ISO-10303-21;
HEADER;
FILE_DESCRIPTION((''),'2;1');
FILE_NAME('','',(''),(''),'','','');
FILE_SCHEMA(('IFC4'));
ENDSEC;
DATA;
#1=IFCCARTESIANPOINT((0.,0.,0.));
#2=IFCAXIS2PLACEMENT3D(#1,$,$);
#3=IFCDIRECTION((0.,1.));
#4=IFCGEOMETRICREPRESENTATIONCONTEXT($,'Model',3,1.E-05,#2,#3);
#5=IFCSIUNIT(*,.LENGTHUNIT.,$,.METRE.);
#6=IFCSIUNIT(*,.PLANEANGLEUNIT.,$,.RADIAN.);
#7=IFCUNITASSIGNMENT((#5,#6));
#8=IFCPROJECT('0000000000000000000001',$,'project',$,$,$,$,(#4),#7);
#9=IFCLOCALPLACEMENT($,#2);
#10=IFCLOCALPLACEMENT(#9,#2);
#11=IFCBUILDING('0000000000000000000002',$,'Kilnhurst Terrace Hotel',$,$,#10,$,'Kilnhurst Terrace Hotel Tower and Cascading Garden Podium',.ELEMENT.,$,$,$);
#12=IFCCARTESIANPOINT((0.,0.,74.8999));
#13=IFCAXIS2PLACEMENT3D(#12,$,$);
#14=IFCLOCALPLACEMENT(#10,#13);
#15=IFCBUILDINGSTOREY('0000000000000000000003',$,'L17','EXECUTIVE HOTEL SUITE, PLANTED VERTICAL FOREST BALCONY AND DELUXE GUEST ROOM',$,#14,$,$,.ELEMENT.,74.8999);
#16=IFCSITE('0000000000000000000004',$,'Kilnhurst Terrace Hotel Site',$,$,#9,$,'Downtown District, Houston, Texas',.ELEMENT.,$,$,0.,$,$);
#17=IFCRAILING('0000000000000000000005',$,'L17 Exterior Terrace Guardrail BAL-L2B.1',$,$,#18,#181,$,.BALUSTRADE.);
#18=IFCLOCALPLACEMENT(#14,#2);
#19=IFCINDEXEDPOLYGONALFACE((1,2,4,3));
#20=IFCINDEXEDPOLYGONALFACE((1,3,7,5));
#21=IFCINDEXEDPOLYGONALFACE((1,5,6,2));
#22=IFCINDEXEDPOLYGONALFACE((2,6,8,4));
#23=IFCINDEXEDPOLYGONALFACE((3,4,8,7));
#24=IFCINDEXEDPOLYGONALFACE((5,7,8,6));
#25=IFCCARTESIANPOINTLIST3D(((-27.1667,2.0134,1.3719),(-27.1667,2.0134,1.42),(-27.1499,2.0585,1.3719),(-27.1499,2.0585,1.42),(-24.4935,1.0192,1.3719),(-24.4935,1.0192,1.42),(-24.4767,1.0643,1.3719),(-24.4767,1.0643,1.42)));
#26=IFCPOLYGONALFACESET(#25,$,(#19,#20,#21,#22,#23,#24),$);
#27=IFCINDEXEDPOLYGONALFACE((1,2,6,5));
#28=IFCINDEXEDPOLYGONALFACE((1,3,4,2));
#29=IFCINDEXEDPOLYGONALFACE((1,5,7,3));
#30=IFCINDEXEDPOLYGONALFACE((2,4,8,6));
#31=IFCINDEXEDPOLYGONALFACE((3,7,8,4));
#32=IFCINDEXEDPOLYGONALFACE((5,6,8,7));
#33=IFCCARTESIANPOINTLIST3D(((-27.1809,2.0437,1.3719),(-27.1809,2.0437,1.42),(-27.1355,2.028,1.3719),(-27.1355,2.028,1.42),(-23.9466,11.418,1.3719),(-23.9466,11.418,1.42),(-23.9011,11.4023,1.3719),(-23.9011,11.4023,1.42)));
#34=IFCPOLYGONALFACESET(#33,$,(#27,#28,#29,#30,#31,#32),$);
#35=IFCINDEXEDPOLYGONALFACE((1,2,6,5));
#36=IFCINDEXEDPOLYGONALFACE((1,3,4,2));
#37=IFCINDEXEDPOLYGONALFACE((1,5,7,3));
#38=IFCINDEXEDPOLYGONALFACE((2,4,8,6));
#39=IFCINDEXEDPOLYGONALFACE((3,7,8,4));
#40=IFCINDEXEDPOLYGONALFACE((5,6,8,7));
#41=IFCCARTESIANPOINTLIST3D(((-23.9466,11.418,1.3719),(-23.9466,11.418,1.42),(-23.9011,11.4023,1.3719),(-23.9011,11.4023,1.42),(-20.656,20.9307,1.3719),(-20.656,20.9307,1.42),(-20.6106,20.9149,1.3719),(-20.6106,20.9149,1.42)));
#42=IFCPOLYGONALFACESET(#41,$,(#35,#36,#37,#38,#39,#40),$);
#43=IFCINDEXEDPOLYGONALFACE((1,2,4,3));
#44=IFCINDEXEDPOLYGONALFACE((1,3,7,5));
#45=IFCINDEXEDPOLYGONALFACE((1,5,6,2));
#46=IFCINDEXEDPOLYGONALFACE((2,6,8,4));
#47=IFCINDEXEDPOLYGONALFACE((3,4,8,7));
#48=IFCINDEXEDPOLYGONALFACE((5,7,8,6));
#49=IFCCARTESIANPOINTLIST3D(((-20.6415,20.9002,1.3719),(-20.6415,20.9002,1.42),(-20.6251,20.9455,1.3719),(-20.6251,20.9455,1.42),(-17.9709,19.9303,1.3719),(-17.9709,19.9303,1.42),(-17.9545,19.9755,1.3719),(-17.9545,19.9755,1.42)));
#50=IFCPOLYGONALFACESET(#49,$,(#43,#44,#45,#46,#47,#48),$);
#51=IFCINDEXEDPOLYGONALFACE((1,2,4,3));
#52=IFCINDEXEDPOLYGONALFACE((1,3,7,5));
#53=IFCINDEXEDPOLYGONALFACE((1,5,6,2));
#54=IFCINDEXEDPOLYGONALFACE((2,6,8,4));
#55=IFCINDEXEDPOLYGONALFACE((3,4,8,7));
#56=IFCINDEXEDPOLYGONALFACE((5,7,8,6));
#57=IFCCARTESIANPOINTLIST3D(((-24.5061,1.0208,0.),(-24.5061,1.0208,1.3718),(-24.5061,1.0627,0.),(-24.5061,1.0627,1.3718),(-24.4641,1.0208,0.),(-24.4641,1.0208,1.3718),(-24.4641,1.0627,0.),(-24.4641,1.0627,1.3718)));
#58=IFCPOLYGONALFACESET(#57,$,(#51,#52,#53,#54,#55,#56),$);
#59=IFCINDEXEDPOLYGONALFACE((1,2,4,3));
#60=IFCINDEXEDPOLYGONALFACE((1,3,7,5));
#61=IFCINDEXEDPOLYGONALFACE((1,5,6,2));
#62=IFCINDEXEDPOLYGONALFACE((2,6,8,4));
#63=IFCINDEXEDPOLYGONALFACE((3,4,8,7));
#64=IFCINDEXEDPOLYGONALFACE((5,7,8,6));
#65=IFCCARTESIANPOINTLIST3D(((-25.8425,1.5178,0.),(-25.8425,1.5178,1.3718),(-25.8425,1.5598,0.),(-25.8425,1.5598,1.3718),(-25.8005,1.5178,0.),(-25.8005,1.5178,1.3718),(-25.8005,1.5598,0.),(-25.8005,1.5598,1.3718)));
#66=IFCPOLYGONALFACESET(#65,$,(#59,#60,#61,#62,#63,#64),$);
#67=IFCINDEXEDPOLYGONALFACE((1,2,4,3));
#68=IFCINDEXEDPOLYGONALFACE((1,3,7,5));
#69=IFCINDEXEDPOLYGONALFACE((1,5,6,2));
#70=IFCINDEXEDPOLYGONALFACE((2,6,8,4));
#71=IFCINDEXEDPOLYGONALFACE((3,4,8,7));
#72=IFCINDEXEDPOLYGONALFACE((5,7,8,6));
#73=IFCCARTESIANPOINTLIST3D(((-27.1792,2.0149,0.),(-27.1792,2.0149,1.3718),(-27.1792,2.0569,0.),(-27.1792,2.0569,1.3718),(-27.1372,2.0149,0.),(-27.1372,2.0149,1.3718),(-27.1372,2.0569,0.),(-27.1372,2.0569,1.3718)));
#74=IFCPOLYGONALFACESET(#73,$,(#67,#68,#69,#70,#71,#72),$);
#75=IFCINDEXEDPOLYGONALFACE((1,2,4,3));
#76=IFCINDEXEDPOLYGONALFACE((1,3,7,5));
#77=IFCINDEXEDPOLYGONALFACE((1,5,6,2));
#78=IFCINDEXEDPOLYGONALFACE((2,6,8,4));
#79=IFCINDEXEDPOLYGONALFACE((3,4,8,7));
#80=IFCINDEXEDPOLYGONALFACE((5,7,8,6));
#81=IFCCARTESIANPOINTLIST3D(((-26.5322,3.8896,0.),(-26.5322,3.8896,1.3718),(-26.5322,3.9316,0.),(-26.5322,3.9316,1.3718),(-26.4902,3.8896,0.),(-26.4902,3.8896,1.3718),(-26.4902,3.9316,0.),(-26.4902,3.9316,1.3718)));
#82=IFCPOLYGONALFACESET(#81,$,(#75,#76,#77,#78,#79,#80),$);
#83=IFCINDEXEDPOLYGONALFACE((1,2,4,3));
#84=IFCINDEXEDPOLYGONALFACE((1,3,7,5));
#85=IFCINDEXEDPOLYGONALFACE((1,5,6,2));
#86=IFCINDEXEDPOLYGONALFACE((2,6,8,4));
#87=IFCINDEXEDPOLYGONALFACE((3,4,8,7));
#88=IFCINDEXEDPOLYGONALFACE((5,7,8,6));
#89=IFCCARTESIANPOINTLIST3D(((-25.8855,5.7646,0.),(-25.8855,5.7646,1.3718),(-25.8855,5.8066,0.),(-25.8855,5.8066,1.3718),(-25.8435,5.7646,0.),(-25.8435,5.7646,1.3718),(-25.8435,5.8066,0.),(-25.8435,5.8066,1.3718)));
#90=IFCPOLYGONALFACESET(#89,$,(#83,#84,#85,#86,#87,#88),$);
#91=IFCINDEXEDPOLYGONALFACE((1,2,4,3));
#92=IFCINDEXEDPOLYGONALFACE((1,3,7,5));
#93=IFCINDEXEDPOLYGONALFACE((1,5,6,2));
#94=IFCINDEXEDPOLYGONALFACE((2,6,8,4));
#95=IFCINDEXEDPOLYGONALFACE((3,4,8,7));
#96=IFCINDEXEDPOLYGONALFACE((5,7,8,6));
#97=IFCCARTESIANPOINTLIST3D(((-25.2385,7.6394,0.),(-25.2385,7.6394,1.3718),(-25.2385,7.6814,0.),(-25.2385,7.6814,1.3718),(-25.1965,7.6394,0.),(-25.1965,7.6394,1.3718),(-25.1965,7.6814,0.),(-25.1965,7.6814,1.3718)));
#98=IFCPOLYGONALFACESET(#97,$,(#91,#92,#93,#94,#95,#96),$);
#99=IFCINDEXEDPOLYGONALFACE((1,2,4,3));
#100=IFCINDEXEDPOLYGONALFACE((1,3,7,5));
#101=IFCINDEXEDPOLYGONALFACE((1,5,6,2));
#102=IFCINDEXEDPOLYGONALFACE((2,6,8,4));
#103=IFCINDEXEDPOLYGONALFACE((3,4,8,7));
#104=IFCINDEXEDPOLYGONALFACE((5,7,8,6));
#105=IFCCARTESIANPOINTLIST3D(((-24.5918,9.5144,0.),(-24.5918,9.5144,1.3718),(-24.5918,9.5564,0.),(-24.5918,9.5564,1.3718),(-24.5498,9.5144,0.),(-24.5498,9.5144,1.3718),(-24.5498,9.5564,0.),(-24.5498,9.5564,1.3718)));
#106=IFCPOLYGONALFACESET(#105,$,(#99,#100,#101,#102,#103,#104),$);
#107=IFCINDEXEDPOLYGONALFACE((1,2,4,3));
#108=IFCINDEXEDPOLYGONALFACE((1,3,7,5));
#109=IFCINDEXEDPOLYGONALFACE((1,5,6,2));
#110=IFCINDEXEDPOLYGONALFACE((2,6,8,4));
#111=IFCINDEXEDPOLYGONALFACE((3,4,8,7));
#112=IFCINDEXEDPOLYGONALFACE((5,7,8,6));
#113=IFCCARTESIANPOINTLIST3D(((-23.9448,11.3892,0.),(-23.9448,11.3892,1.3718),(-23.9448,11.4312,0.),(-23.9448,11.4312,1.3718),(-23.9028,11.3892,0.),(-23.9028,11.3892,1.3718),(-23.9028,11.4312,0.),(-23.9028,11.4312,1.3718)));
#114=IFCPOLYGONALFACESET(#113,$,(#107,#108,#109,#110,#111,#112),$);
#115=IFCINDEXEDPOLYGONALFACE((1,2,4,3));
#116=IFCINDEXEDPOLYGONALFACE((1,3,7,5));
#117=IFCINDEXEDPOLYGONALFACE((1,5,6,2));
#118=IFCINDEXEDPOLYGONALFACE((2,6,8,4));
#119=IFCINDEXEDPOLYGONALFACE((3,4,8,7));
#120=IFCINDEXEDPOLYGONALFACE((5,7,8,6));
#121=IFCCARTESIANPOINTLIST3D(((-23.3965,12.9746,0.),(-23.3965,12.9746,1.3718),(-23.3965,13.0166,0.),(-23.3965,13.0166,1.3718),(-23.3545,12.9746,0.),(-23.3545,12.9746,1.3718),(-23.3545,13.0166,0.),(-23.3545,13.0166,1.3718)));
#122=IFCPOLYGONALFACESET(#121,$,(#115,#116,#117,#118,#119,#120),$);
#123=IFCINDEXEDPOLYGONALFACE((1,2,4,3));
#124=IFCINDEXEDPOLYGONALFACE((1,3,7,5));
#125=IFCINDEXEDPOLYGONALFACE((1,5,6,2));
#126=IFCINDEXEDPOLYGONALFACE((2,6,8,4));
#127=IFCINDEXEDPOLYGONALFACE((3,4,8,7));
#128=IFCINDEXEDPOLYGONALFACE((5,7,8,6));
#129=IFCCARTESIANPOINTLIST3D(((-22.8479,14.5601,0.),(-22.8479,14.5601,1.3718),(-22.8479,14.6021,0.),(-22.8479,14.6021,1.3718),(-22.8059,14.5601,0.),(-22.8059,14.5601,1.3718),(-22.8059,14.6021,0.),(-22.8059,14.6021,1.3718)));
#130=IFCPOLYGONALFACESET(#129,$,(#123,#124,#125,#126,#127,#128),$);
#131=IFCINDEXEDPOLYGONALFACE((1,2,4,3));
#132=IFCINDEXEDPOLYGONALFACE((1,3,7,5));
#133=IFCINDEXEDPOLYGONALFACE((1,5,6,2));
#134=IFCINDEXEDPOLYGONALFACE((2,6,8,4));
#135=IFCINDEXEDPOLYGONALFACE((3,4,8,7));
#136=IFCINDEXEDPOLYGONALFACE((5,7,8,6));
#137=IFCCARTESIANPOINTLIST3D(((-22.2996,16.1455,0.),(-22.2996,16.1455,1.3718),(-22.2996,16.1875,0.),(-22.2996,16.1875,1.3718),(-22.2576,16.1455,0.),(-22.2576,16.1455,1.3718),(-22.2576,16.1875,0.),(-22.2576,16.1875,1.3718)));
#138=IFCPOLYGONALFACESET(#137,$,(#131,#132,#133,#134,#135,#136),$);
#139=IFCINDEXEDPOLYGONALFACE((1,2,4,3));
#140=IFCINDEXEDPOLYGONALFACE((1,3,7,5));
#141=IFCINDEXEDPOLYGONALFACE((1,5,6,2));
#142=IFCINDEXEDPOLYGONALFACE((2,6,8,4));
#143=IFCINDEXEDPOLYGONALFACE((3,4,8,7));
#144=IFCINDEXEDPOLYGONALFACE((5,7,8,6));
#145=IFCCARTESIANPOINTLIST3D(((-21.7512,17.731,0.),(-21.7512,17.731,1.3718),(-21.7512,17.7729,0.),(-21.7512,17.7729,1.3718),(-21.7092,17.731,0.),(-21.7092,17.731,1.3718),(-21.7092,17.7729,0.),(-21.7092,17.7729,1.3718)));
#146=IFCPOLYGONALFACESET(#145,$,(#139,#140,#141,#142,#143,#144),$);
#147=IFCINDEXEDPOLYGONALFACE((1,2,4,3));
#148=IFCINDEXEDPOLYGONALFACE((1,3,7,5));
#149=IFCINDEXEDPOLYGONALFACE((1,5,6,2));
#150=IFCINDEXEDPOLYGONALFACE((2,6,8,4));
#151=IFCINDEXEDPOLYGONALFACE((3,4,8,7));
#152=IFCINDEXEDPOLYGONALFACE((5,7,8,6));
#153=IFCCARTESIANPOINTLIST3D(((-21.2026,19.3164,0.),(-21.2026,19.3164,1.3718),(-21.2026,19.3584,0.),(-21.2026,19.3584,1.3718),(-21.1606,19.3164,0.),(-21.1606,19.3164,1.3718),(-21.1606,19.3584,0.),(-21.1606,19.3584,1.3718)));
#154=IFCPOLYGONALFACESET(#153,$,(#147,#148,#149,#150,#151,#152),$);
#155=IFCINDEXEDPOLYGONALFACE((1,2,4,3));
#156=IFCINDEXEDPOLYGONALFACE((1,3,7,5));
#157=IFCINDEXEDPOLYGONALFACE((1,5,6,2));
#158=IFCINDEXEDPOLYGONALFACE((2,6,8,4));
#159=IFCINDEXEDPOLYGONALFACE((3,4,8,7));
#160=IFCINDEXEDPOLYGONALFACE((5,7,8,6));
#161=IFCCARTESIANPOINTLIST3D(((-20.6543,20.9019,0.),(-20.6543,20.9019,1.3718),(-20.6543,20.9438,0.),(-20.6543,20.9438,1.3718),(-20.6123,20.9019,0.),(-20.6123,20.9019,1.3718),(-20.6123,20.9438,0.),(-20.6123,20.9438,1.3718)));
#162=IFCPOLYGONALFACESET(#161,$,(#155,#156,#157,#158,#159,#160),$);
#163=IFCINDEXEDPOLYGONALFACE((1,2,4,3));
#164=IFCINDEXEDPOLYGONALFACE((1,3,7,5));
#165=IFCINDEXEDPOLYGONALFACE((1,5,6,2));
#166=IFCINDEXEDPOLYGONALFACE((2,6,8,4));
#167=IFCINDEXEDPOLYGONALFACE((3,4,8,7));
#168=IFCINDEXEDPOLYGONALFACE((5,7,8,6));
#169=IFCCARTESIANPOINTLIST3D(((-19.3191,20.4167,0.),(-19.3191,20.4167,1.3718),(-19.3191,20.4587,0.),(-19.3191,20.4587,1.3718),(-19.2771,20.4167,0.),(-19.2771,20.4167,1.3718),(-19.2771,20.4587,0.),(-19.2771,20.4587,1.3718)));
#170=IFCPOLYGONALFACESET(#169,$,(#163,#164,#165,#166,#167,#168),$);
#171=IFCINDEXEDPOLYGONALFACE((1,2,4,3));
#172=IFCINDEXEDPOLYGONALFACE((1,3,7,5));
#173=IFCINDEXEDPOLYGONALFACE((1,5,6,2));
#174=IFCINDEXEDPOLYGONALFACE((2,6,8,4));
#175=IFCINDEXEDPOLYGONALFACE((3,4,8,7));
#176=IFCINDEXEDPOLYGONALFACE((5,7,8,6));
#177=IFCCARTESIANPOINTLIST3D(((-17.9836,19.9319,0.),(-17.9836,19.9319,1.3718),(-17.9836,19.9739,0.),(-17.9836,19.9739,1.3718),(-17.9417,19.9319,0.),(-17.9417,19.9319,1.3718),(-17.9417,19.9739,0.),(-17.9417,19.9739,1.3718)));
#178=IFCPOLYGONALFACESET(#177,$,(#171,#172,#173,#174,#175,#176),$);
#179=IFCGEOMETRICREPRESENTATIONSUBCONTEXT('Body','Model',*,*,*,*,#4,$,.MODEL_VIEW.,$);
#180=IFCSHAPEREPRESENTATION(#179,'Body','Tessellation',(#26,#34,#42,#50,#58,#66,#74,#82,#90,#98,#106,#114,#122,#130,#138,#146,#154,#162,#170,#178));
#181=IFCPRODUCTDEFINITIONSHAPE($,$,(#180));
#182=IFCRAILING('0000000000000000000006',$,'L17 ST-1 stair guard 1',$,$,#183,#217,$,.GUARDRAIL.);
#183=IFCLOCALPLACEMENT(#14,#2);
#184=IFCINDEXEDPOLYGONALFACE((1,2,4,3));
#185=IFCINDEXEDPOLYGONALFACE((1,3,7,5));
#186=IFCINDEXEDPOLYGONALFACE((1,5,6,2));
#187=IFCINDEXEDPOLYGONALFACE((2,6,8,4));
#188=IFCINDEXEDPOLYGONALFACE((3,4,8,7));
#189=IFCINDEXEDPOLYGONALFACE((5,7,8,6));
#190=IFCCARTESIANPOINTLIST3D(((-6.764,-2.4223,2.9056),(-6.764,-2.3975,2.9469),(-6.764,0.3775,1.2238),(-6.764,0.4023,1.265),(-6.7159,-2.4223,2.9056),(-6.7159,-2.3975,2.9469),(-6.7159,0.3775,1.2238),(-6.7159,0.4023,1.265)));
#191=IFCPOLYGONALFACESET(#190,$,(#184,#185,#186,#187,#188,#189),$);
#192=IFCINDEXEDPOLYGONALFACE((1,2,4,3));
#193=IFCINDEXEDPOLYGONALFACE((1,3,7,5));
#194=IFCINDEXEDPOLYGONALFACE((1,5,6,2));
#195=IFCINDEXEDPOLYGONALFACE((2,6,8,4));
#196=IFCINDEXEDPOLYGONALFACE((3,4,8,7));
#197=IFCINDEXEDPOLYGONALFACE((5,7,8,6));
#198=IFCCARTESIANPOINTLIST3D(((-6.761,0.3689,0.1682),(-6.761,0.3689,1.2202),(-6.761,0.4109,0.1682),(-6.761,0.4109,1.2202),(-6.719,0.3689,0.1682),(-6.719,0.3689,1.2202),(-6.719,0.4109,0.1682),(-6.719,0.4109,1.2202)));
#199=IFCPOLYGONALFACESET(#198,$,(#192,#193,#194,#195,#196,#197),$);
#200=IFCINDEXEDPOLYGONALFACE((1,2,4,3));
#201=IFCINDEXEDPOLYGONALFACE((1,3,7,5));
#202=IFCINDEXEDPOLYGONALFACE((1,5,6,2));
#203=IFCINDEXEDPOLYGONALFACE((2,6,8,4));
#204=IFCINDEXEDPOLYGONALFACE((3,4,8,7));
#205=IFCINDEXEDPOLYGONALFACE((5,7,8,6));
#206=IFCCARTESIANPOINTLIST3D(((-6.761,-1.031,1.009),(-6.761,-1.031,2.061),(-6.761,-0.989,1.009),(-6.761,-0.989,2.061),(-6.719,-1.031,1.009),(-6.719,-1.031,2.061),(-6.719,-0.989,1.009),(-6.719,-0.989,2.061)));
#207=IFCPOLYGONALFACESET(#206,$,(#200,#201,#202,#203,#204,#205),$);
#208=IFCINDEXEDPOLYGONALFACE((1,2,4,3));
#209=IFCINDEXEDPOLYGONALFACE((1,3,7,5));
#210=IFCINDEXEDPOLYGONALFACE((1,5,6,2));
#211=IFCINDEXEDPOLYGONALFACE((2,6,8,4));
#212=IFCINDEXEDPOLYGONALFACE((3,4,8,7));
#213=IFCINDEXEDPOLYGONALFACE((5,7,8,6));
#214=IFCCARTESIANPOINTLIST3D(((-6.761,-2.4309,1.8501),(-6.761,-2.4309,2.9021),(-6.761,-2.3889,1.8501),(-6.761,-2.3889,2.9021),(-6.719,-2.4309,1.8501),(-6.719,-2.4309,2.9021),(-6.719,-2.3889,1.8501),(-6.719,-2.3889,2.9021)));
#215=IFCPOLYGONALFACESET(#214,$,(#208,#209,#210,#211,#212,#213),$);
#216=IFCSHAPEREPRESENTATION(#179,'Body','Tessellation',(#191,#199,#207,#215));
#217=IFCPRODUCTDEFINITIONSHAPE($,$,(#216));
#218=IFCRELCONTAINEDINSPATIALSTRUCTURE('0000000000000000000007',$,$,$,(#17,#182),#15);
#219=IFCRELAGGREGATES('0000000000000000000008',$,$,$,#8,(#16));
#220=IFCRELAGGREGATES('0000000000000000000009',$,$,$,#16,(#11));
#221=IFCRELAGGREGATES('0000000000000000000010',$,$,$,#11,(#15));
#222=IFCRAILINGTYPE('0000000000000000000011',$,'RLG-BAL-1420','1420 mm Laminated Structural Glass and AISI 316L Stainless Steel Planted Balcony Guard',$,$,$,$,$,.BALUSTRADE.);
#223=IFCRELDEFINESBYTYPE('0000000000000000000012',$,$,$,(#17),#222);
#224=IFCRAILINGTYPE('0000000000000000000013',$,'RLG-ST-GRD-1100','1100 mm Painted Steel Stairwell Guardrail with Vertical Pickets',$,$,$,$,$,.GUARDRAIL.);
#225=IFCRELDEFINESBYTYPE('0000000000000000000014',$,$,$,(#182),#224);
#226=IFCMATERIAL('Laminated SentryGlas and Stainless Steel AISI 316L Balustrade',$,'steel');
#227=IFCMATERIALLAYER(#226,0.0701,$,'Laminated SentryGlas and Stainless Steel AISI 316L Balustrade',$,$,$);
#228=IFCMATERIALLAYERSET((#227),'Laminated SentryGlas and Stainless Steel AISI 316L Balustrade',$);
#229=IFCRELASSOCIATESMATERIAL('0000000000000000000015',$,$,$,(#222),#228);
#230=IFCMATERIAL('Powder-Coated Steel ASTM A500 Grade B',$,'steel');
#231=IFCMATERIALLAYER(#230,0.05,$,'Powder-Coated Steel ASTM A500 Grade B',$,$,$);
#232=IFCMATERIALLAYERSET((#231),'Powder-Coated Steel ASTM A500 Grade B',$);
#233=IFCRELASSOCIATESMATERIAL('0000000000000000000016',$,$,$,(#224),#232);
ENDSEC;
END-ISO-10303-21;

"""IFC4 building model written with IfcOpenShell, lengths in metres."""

from ifc_helpers import new_model, si_unit, direction, frame, origin, origin_2d, place, context, subcontext, project, spatial, rectangle, extrude, material, layer, layer_set, type_object, element, save


model = new_model("IFC4")

# Units and contexts
model_context = context("Model", 3, precision=1e-05, world=origin(), true_north=direction((0.0, 1.0)))
body_context = subcontext(model_context, "Body", "Model", "MODEL_VIEW")
ifc_project = project(units=[si_unit("LENGTHUNIT", "METRE"), si_unit("PLANEANGLEUNIT", "RADIAN")], contexts=[model_context])

# Site, building, storey
site_placement = place(None, origin())
site = spatial("IfcSite", under=ifc_project, at=site_placement, Name="Kilnhurst Terrace Hotel Site", LongName="Downtown District, Houston, Texas", CompositionType="ELEMENT", RefElevation=0.0)
building_placement = place(site_placement, origin())
building = spatial("IfcBuilding", under=site, at=building_placement, Name="Kilnhurst Terrace Hotel", LongName="Kilnhurst Terrace Hotel Tower and Cascading Garden Podium", CompositionType="ELEMENT")
storey_placement = place(building_placement, frame((0.0, 0.0, 74.8999)))
storey = spatial("IfcBuildingStorey", under=building, at=storey_placement, Name="L17", Description="EXECUTIVE HOTEL SUITE, PLANTED VERTICAL FOREST BALCONY AND DELUXE GUEST ROOM", CompositionType="ELEMENT", Elevation=74.8999)

# Railings
ifc_material_1 = material(Name="Laminated SentryGlas and Stainless Steel AISI 316L Balustrade", Category="steel")
ifc_layer_1 = layer(ifc_material_1, 0.0701, Name="Laminated SentryGlas and Stainless Steel AISI 316L Balustrade")
ifc_layer_set_1 = layer_set([ifc_layer_1], Name="Laminated SentryGlas and Stainless Steel AISI 316L Balustrade")
railing_type_1 = type_object("IfcRailingType", Name="RLG-BAL-1420", Description="1420 mm Laminated Structural Glass and AISI 316L Stainless Steel Planted Balcony Guard", PredefinedType="BALUSTRADE", material=ifc_layer_set_1)
railing_1_placement = place(storey_placement, frame((-24.4851, 1.0417, 0.0)))
element("IfcRailing", 1, at=railing_1_placement, inside=storey, type_object=railing_type_1, Name="L17 Exterior Terrace Guardrail BAL-L2B.1", PredefinedType="BALUSTRADE", context=body_context, shape_type="SweptSolid", body=[
    extrude(rectangle(XDim=0.0481, YDim=0.0481, at=origin_2d()), frame((0.0, 0.0, 1.396), z_axis=(-0.937279, 0.34858, 0.0), x_axis=(-0.34858, -0.937279, 0.0)), (0.0, 0.0, 1.0), 2.8521),
    extrude(rectangle(XDim=0.0481, YDim=0.0481, at=origin_2d()), frame((-2.6731, 0.9941, 1.396), z_axis=(0.326159, 0.945315, 0.0), x_axis=(-0.945315, 0.326159, 0.0)), (0.0, 0.0, 1.0), 9.9165),
    extrude(rectangle(XDim=0.0481, YDim=0.0481, at=origin_2d()), frame((0.5613, 10.3684, 1.396), z_axis=(0.326904, 0.945058, 0.0), x_axis=(-0.945058, 0.326904, 0.0)), (0.0, 0.0, 1.0), 10.0657),
    extrude(rectangle(XDim=0.0481, YDim=0.0481, at=origin_2d()), frame((3.8518, 19.8811, 1.396), z_axis=(0.939926, -0.341377, 0.0), x_axis=(0.341377, 0.939926, 0.0)), (0.0, 0.0, 1.0), 2.8413),
    extrude(rectangle(XDim=0.042, YDim=0.042, at=origin_2d()), origin(), (0.0, 0.0, 1.0), 1.3718),
    extrude(rectangle(XDim=0.042, YDim=0.042, at=origin_2d()), frame((-1.3364, 0.4971, 0.0)), (0.0, 0.0, 1.0), 1.3718),
    extrude(rectangle(XDim=0.042, YDim=0.042, at=origin_2d()), frame((-2.6731, 0.9941, 0.0)), (0.0, 0.0, 1.0), 1.3718),
    extrude(rectangle(XDim=0.042, YDim=0.042, at=origin_2d()), frame((-2.0261, 2.8689, 0.0)), (0.0, 0.0, 1.0), 1.3718),
    extrude(rectangle(XDim=0.042, YDim=0.042, at=origin_2d()), frame((-1.3794, 4.7439, 0.0)), (0.0, 0.0, 1.0), 1.3718),
    extrude(rectangle(XDim=0.042, YDim=0.042, at=origin_2d()), frame((-0.7324, 6.6187, 0.0)), (0.0, 0.0, 1.0), 1.3718),
    extrude(rectangle(XDim=0.042, YDim=0.042, at=origin_2d()), frame((-0.0857, 8.4937, 0.0)), (0.0, 0.0, 1.0), 1.3718),
    extrude(rectangle(XDim=0.042, YDim=0.042, at=origin_2d()), frame((0.5613, 10.3684, 0.0)), (0.0, 0.0, 1.0), 1.3718),
    extrude(rectangle(XDim=0.042, YDim=0.042, at=origin_2d()), frame((1.1096, 11.9539, 0.0)), (0.0, 0.0, 1.0), 1.3718),
    extrude(rectangle(XDim=0.042, YDim=0.042, at=origin_2d()), frame((1.6582, 13.5393, 0.0)), (0.0, 0.0, 1.0), 1.3718),
    extrude(rectangle(XDim=0.042, YDim=0.042, at=origin_2d()), frame((2.2065, 15.1248, 0.0)), (0.0, 0.0, 1.0), 1.3718),
    extrude(rectangle(XDim=0.042, YDim=0.042, at=origin_2d()), frame((2.7549, 16.7102, 0.0)), (0.0, 0.0, 1.0), 1.3718),
    extrude(rectangle(XDim=0.042, YDim=0.042, at=origin_2d()), frame((3.3035, 18.2957, 0.0)), (0.0, 0.0, 1.0), 1.3718),
    extrude(rectangle(XDim=0.042, YDim=0.042, at=origin_2d()), frame((3.8518, 19.8811, 0.0)), (0.0, 0.0, 1.0), 1.3718),
    extrude(rectangle(XDim=0.042, YDim=0.042, at=origin_2d()), frame((5.187, 19.396, 0.0)), (0.0, 0.0, 1.0), 1.3718),
    extrude(rectangle(XDim=0.042, YDim=0.042, at=origin_2d()), frame((6.5225, 18.9111, 0.0)), (0.0, 0.0, 1.0), 1.3718),
])
ifc_material_2 = material(Name="Powder-Coated Steel ASTM A500 Grade B", Category="steel")
ifc_layer_2 = layer(ifc_material_2, 0.05, Name="Powder-Coated Steel ASTM A500 Grade B")
ifc_layer_set_2 = layer_set([ifc_layer_2], Name="Powder-Coated Steel ASTM A500 Grade B")
railing_type_2 = type_object("IfcRailingType", Name="RLG-ST-GRD-1100", Description="1100 mm Painted Steel Stairwell Guardrail with Vertical Pickets", PredefinedType="GUARDRAIL", material=ifc_layer_set_2)
railing_2_placement = place(storey_placement, frame((-6.74, 0.3899, 0.1682)))
element("IfcRailing", 2, at=railing_2_placement, inside=storey, type_object=railing_type_2, Name="L17 ST-1 stair guard 1", PredefinedType="GUARDRAIL", context=body_context, shape_type="SweptSolid", body=[
    extrude(rectangle(XDim=0.0481, YDim=0.0481, at=origin_2d()), frame((0.0, 0.0, 1.0762), z_axis=(0.0, -0.857222, 0.514946), x_axis=(1.0, 0.0, 0.0)), (0.0, 0.0, 1.0), 3.2661),
    extrude(rectangle(XDim=0.042, YDim=0.042, at=origin_2d()), origin(), (0.0, 0.0, 1.0), 1.052),
    extrude(rectangle(XDim=0.042, YDim=0.042, at=origin_2d()), frame((0.0, -1.3999, 0.8408)), (0.0, 0.0, 1.0), 1.052),
    extrude(rectangle(XDim=0.042, YDim=0.042, at=origin_2d()), frame((0.0, -2.7998, 1.6819)), (0.0, 0.0, 1.0), 1.052),
])

save(model, "model.ifc")
